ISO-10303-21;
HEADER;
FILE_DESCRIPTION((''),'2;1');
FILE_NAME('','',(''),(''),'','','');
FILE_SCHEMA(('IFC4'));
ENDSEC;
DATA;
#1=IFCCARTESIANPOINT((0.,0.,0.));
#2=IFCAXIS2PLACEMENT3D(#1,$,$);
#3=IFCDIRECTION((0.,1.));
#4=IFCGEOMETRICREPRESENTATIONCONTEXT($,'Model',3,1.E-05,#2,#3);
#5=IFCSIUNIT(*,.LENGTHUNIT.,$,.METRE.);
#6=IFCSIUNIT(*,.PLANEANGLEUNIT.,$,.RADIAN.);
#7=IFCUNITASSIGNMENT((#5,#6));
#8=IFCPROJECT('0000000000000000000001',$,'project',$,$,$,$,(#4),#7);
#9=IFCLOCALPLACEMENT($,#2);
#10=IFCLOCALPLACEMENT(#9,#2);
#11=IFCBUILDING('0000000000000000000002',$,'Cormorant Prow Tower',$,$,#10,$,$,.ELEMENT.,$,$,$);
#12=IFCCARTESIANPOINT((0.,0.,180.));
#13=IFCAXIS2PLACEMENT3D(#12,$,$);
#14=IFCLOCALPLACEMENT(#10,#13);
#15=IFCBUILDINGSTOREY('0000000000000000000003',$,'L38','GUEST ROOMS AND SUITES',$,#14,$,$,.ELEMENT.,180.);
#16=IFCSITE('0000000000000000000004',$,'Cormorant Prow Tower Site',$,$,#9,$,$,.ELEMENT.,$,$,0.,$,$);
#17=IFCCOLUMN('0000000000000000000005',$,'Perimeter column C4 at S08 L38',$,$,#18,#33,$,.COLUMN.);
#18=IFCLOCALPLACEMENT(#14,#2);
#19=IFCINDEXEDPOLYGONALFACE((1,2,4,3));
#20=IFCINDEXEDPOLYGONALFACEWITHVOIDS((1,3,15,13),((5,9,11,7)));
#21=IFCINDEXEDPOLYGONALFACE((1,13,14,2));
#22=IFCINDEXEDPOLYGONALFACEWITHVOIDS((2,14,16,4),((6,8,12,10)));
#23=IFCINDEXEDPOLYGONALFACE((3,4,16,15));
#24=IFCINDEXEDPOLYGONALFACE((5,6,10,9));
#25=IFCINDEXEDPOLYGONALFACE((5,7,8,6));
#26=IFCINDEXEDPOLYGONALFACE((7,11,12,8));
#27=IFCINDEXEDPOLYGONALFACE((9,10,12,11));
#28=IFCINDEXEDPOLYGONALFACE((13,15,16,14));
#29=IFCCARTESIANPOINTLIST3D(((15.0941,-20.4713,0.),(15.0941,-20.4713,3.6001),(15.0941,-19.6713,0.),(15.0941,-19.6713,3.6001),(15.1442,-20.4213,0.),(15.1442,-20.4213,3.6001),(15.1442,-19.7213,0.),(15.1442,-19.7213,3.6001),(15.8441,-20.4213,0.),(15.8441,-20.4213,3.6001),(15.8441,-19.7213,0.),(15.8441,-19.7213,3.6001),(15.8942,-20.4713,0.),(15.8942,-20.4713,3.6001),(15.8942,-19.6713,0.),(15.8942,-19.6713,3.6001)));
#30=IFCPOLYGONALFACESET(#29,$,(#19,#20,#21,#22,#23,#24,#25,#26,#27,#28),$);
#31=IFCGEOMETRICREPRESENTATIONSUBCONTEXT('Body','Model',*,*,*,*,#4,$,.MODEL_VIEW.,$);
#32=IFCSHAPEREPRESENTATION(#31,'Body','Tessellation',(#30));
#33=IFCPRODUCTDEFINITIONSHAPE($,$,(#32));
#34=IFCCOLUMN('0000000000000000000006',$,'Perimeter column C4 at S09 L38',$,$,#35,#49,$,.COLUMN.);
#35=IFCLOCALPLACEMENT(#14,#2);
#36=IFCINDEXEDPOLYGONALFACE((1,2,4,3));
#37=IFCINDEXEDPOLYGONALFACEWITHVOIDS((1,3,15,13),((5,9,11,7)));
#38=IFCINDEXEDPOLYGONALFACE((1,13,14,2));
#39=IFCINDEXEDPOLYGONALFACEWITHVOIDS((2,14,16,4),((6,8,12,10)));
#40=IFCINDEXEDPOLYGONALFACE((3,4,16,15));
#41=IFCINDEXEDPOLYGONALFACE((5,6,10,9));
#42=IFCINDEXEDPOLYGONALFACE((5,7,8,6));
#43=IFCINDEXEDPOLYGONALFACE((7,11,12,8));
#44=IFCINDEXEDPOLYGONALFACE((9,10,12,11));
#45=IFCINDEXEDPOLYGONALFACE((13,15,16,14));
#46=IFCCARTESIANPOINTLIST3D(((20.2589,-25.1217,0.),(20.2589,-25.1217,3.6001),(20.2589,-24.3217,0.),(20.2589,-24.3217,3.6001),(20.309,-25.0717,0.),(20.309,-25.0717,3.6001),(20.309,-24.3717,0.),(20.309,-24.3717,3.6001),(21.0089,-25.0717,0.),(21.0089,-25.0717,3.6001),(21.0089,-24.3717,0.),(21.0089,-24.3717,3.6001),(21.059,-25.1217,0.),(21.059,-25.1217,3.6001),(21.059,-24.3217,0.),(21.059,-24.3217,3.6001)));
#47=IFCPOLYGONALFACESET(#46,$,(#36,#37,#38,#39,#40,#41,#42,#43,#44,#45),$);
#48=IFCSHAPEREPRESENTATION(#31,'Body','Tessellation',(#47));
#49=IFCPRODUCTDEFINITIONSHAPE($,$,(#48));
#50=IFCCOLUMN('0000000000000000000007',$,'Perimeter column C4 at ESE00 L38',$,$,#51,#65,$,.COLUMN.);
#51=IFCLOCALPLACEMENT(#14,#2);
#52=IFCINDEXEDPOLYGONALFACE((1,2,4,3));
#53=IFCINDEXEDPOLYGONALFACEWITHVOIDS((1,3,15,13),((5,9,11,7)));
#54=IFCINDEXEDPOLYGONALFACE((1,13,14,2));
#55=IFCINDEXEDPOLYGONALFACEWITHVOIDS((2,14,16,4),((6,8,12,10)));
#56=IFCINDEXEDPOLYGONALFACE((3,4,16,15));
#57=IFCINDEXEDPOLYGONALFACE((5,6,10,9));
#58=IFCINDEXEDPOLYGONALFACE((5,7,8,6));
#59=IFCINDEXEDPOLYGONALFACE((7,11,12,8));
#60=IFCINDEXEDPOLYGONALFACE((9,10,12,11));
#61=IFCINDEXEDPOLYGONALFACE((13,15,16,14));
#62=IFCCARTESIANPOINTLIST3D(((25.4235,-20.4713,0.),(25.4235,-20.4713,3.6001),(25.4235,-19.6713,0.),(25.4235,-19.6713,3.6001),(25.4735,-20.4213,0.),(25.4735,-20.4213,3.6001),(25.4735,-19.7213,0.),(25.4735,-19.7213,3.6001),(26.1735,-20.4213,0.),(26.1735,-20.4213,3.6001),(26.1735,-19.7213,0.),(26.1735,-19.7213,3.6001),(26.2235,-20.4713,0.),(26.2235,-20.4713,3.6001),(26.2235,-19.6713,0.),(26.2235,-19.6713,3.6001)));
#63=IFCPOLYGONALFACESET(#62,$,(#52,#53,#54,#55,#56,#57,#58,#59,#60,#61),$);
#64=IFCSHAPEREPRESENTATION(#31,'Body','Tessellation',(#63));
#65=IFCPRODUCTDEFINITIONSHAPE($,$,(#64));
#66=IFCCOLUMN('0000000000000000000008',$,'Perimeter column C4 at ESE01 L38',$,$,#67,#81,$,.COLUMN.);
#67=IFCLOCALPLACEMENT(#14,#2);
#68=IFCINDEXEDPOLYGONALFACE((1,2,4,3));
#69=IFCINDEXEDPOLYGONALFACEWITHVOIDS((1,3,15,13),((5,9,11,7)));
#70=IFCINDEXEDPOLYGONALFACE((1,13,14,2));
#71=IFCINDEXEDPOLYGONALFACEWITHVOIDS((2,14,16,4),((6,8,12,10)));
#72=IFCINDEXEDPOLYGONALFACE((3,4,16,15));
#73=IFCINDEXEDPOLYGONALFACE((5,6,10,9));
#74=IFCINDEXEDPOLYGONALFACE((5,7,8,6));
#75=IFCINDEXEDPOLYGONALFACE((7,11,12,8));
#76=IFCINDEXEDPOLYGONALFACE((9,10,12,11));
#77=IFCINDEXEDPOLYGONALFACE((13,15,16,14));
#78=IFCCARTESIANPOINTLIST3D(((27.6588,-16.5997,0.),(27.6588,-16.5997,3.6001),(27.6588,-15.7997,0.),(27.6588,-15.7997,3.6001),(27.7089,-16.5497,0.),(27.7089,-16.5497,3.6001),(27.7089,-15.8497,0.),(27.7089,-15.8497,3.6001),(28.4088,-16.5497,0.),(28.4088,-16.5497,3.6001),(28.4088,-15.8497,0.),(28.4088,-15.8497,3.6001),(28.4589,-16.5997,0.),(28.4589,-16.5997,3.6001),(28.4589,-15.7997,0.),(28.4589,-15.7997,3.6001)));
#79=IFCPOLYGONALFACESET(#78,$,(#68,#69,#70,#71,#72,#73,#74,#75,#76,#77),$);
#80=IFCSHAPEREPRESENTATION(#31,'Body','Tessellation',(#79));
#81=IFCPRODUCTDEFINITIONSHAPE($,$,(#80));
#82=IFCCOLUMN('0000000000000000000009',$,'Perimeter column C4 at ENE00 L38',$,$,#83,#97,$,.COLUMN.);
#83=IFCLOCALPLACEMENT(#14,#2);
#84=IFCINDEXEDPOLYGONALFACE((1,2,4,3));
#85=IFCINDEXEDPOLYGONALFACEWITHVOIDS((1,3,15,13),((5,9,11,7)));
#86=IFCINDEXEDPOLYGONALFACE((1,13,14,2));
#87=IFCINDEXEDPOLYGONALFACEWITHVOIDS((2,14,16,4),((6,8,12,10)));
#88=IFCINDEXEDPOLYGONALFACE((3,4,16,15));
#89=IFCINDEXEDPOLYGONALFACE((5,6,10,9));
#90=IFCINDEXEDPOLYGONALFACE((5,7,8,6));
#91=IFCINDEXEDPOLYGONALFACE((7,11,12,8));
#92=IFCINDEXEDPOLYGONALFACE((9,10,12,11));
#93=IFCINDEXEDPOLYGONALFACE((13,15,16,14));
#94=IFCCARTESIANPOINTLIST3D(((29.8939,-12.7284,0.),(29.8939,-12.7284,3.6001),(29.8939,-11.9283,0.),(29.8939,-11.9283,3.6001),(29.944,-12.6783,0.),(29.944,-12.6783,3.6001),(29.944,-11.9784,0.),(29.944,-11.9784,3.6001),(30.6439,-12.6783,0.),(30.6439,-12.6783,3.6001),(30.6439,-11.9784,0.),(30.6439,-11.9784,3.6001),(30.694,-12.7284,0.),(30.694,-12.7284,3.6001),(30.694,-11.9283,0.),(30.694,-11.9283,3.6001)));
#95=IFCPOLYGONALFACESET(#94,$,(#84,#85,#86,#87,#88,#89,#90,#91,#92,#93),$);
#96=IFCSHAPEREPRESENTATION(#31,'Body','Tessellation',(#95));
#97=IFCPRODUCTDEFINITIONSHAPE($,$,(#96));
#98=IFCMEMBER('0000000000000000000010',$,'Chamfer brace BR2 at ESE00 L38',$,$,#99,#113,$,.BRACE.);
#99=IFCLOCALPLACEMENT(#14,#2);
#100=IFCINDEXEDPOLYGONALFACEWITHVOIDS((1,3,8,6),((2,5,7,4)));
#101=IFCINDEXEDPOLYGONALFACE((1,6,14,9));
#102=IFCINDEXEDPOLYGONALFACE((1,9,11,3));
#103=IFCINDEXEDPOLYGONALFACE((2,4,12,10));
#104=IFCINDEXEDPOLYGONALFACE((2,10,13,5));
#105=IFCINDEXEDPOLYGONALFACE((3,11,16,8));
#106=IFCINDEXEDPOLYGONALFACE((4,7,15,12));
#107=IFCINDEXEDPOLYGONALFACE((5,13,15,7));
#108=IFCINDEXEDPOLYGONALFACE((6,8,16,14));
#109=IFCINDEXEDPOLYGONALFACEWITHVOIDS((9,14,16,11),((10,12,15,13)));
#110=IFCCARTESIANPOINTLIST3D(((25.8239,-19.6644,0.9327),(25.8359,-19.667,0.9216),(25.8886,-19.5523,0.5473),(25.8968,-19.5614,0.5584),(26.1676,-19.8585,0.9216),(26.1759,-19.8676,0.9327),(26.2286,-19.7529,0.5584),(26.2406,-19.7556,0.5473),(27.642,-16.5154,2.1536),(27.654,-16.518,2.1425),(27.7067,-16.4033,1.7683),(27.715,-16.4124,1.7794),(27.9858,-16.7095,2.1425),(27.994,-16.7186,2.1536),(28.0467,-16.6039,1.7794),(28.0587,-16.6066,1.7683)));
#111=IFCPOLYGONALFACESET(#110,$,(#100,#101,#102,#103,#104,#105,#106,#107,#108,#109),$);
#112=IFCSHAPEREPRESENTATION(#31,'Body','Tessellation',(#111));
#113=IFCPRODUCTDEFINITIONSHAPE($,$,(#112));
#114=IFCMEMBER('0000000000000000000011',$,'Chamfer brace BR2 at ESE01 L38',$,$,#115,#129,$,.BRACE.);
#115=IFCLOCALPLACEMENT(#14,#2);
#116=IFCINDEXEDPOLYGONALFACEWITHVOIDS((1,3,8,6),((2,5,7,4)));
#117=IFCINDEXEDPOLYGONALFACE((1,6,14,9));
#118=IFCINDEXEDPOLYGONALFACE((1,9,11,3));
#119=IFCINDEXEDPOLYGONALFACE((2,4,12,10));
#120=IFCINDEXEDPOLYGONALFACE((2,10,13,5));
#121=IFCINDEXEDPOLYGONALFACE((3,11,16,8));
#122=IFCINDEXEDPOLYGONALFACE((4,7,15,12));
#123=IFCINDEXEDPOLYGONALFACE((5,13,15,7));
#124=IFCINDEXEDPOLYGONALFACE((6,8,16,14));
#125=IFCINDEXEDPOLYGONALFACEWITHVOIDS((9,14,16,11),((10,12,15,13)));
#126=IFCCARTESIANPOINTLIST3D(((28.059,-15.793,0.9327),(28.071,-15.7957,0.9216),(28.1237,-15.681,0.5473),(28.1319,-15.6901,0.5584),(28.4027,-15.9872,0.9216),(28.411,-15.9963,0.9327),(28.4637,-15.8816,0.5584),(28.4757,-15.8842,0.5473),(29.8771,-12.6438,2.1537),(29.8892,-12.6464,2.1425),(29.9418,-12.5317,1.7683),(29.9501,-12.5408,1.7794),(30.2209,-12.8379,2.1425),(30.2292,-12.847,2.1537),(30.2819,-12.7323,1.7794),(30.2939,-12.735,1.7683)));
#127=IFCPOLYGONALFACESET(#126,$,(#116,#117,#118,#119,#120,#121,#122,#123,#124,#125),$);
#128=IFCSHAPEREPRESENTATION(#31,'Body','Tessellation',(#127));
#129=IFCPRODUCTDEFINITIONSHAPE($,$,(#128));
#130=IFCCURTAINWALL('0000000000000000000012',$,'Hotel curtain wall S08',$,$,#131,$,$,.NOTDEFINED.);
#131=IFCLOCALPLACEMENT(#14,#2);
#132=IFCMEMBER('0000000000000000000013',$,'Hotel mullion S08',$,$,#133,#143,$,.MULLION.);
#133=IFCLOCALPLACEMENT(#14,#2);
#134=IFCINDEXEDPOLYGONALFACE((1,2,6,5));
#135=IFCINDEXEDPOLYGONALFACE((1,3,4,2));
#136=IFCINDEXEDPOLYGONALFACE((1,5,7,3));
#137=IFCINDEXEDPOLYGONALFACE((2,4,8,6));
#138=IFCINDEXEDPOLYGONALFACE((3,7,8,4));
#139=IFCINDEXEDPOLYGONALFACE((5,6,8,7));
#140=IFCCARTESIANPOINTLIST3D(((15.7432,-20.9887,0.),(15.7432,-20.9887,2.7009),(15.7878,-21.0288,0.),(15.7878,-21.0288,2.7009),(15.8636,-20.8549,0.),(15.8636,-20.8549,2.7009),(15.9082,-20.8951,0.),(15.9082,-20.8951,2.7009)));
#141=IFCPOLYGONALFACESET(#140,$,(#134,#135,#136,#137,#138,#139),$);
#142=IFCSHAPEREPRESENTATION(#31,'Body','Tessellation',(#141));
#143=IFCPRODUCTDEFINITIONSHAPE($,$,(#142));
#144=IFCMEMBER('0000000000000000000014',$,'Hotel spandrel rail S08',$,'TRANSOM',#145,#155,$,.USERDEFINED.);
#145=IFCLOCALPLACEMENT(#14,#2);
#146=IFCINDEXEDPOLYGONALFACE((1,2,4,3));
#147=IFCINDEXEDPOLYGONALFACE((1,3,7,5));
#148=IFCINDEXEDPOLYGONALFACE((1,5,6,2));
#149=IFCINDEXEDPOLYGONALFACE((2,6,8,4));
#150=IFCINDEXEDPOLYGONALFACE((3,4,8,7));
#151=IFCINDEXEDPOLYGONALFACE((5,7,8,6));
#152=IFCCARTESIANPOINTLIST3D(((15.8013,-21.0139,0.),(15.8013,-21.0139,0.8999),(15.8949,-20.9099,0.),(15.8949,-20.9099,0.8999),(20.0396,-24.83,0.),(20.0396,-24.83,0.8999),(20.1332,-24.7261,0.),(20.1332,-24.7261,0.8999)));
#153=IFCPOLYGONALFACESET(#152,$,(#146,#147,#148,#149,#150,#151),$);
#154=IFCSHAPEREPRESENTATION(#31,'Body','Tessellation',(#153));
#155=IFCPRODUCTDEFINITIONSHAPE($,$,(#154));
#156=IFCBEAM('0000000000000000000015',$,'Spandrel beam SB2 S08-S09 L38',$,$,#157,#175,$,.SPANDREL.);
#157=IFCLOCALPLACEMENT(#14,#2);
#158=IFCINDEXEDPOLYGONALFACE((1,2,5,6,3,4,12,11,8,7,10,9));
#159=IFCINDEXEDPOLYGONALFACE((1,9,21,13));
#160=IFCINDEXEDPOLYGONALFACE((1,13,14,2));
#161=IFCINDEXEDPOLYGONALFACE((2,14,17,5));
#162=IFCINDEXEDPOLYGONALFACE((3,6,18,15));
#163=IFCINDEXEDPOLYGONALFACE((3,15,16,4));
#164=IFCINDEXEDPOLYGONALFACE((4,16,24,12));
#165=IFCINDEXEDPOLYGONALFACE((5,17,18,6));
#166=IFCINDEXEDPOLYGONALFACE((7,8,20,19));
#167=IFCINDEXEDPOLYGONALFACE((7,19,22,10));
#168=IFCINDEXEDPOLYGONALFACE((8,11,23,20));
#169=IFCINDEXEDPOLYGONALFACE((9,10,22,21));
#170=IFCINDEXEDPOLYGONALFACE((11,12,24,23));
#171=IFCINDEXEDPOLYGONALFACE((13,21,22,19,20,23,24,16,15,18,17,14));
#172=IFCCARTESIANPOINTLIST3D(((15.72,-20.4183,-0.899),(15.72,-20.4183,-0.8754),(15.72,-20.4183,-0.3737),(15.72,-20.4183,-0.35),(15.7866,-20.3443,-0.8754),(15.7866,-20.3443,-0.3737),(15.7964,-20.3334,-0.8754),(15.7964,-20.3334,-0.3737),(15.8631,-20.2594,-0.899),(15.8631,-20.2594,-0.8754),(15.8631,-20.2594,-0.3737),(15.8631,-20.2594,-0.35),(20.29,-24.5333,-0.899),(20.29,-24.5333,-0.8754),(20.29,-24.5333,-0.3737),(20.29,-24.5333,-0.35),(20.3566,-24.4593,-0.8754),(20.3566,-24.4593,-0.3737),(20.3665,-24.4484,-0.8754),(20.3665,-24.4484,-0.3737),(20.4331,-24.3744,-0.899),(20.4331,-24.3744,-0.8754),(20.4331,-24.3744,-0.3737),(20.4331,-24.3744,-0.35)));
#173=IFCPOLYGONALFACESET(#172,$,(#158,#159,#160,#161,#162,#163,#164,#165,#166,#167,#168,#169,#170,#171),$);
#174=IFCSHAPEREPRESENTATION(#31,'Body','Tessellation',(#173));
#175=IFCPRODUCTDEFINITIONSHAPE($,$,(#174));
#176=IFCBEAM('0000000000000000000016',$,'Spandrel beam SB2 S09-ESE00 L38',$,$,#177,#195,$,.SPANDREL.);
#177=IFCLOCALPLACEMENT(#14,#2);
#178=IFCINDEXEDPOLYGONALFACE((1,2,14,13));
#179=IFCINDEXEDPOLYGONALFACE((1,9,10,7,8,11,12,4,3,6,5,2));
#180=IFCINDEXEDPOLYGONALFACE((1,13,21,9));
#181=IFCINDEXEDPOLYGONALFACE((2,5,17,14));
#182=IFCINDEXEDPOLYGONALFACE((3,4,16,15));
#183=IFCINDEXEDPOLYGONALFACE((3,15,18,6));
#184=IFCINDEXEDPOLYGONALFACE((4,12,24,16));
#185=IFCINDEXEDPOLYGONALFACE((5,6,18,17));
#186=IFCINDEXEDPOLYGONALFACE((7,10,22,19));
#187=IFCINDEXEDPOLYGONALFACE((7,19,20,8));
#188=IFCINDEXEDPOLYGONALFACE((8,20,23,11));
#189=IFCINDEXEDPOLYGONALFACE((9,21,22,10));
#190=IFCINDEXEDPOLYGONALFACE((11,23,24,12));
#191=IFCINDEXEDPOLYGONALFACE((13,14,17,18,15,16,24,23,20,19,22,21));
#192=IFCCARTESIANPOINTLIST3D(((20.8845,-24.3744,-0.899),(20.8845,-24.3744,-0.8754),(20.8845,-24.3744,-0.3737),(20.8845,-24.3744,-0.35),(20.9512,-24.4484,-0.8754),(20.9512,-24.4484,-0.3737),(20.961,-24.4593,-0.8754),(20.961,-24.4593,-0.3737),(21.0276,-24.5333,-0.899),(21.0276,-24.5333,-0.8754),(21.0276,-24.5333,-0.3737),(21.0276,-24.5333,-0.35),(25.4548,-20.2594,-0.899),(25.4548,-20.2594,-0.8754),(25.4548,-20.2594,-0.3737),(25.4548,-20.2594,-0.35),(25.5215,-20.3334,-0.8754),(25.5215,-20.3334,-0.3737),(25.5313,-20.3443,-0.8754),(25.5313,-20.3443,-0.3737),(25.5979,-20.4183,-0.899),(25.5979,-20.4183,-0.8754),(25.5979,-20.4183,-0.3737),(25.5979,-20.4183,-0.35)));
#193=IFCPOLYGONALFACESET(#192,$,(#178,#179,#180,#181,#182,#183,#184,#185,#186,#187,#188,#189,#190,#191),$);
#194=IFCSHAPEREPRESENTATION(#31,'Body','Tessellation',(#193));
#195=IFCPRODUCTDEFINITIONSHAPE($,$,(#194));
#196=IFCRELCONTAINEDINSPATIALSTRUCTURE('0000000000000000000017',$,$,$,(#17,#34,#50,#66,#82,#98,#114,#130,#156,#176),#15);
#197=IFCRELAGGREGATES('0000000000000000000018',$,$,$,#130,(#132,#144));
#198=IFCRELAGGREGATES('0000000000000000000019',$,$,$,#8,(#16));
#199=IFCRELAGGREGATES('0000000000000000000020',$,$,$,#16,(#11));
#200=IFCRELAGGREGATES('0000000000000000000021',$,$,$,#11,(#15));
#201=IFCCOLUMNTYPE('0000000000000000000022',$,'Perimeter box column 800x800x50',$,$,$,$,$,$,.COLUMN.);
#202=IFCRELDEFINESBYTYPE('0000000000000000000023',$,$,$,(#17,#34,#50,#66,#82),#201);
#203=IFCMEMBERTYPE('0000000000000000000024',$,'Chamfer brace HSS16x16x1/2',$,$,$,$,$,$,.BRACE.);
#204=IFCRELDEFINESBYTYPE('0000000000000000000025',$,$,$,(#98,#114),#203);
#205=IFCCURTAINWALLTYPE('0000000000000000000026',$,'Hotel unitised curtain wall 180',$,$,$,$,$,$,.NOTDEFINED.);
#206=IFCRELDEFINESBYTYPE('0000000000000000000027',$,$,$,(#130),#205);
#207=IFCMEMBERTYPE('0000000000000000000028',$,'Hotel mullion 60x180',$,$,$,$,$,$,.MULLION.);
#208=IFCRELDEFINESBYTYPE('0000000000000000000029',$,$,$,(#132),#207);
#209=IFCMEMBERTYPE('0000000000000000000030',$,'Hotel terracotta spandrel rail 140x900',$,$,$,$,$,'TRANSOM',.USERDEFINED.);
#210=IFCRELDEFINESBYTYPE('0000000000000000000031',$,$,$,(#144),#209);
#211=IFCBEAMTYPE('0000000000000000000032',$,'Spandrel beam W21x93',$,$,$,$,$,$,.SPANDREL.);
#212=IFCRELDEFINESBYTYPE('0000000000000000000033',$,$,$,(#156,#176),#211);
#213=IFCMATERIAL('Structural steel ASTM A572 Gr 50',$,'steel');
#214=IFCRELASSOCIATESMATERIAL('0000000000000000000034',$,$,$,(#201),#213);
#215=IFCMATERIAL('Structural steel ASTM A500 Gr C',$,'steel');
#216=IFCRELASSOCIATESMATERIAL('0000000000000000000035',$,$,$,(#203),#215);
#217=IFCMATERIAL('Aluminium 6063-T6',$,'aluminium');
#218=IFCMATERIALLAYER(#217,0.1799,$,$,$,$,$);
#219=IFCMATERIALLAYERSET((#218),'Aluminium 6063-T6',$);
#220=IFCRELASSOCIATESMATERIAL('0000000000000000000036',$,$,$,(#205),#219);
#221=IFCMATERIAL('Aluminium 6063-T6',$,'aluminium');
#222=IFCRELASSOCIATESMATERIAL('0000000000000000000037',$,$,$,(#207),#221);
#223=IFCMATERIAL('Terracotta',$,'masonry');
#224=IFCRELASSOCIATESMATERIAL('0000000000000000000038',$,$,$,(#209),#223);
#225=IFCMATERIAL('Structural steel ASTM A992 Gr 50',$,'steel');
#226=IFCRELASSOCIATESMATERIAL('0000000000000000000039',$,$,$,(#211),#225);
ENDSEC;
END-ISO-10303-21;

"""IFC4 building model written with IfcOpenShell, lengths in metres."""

from ifc_helpers import new_model, si_unit, direction, frame, origin, origin_2d, place, context, subcontext, project, spatial, rectangle, hollow_rectangle, i_section, extrude, material, layer, layer_set, material_profile, profile_set, type_object, element, aggregate, save


model = new_model("IFC4")

# Units and contexts
model_context = context("Model", 3, precision=1e-05, world=origin(), true_north=direction((0.0, 1.0)))
body_context = subcontext(model_context, "Body", "Model", "MODEL_VIEW")
ifc_project = project(units=[si_unit("LENGTHUNIT", "METRE"), si_unit("PLANEANGLEUNIT", "RADIAN")], contexts=[model_context])

# Site, building, storey
site_placement = place(None, origin())
site = spatial("IfcSite", under=ifc_project, at=site_placement, Name="Cormorant Prow Tower Site", CompositionType="ELEMENT", RefElevation=0.0)
building_placement = place(site_placement, origin())
building = spatial("IfcBuilding", under=site, at=building_placement, Name="Cormorant Prow Tower", CompositionType="ELEMENT")
storey_placement = place(building_placement, frame((0.0, 0.0, 180.0)))
storey = spatial("IfcBuildingStorey", under=building, at=storey_placement, Name="L38", Description="GUEST ROOMS AND SUITES", CompositionType="ELEMENT", Elevation=180.0)

# Columns
ifc_material_1 = material(Name="Structural steel ASTM A572 Gr 50", Category="steel")
ifc_material_profile_1 = material_profile(ifc_material_1, hollow_rectangle(XDim=0.8, YDim=0.8, WallThickness=0.05, at=origin_2d()), Name="Box 800x800x50")
ifc_profile_set_1 = profile_set([ifc_material_profile_1], Name="Structural steel ASTM A572 Gr 50")
column_type = type_object("IfcColumnType", Name="Perimeter box column 800x800x50", PredefinedType="COLUMN", material=ifc_profile_set_1)
for number, where, z_axis, x_axis, name in (
    (1, (15.4941, -20.0713, 0.0), (0.0, 0.0, 1.0), (1.0, 0.0, 0.0), "Perimeter column C4 at S08 L38"),
    (2, (20.6589, -24.7217, 0.0), (0.0, 0.0, 1.0), (1.0, 0.0, 0.0), "Perimeter column C4 at S09 L38"),
    (3, (25.8235, -20.0713, 0.0), (0.0, 0.0, 1.0), (1.0, 0.0, 0.0), "Perimeter column C4 at ESE00 L38"),
    (4, (28.0588, -16.1997, 0.0), (0.0, 0.0, 1.0), (1.0, 0.0, 0.0), "Perimeter column C4 at ESE01 L38"),
    (5, (30.2939, -12.3284, 0.0), (0.0, 0.0, 1.0), (1.0, 0.0, 0.0), "Perimeter column C4 at ENE00 L38"),
):
    element("IfcColumn", number, at=place(storey_placement, frame(where, z_axis=z_axis, x_axis=x_axis)), inside=storey, type_object=column_type, Name=name, PredefinedType="COLUMN", context=body_context, shape_type="SweptSolid", body=[
        extrude(hollow_rectangle(XDim=0.8, YDim=0.8, WallThickness=0.05, at=origin_2d()), origin(), (0.0, 0.0, 1.0), 3.6001),
    ])

# Members
ifc_material_2 = material(Name="Structural steel ASTM A500 Gr C", Category="steel")
ifc_material_profile_2 = material_profile(ifc_material_2, hollow_rectangle(XDim=0.4065, YDim=0.4065, WallThickness=0.0117, at=origin_2d()), Name="HSS16x16x1/2")
ifc_profile_set_2 = profile_set([ifc_material_profile_2], Name="Structural steel ASTM A500 Gr C")
member_type_1 = type_object("IfcMemberType", Name="Chamfer brace HSS16x16x1/2", PredefinedType="BRACE", material=ifc_profile_set_2)
member_1_placement = place(storey_placement, frame((26.0322, -19.71, 0.74), z_axis=(0.474008, 0.820969, 0.318318), x_axis=(-0.866016, 0.500017, 0.0)))
element("IfcMember", 6, at=member_1_placement, inside=storey, type_object=member_type_1, Name="Chamfer brace BR2 at ESE00 L38", PredefinedType="BRACE", context=body_context, shape_type="SweptSolid", body=[
    extrude(hollow_rectangle(XDim=0.4065, YDim=0.4065, WallThickness=0.0117, at=origin_2d()), origin(), (0.0, 0.0, 1.0), 3.8357),
])
member_2_placement = place(storey_placement, frame((28.2673, -15.8386, 0.74), z_axis=(0.473983, 0.82099, 0.318301), x_axis=(-0.866032, 0.499988, 0.0)))
element("IfcMember", 7, at=member_2_placement, inside=storey, type_object=member_type_1, Name="Chamfer brace BR2 at ESE01 L38", PredefinedType="BRACE", context=body_context, shape_type="SweptSolid", body=[
    extrude(hollow_rectangle(XDim=0.4065, YDim=0.4065, WallThickness=0.0117, at=origin_2d()), origin(), (0.0, 0.0, 1.0), 3.8359),
])

# Curtain wall, members
ifc_material_3 = material(Name="Aluminium 6063-T6", Category="aluminium")
ifc_layer_1 = layer(ifc_material_3, 0.1799)
ifc_layer_set_1 = layer_set([ifc_layer_1], Name="Aluminium 6063-T6")
curtain_wall_type = type_object("IfcCurtainWallType", Name="Hotel unitised curtain wall 180", PredefinedType="NOTDEFINED", material=ifc_layer_set_1)
curtain_wall_placement = place(storey_placement, origin())
curtain_wall = element("IfcCurtainWall", 8, at=curtain_wall_placement, inside=storey, type_object=curtain_wall_type, Name="Hotel curtain wall S08", PredefinedType="NOTDEFINED")
ifc_material_4 = material(Name="Aluminium 6063-T6", Category="aluminium")
ifc_material_profile_3 = material_profile(ifc_material_4, rectangle(XDim=0.1799, YDim=0.0601, at=origin_2d()), Name="Hotel mullion 60x180")
ifc_profile_set_3 = profile_set([ifc_material_profile_3], Name="Aluminium 6063-T6")
member_type_2 = type_object("IfcMemberType", Name="Hotel mullion 60x180", PredefinedType="MULLION", material=ifc_profile_set_3)
member_3_placement = place(storey_placement, frame((15.8257, -20.9419, 0.0), z_axis=(0.0, 0.0, 1.0), x_axis=(0.669131, 0.743145, 0.0)))
member_3 = element("IfcMember", 9, at=member_3_placement, type_object=member_type_2, Name="Hotel mullion S08", PredefinedType="MULLION", context=body_context, shape_type="SweptSolid", body=[
    extrude(rectangle(XDim=0.1799, YDim=0.0601, at=origin_2d()), origin(), (0.0, 0.0, 1.0), 2.7009),
])
ifc_material_5 = material(Name="Terracotta", Category="masonry")
ifc_material_profile_4 = material_profile(ifc_material_5, rectangle(XDim=0.1399, YDim=0.8999, at=origin_2d()), Name="Hotel terracotta spandrel rail 140x900")
ifc_profile_set_4 = profile_set([ifc_material_profile_4], Name="Terracotta")
member_type_3 = type_object("IfcMemberType", Name="Hotel terracotta spandrel rail 140x900", ElementType="TRANSOM", PredefinedType="USERDEFINED", material=ifc_profile_set_4)
member_4_placement = place(storey_placement, frame((15.8481, -20.9619, 0.45), z_axis=(0.743145, -0.66913, 0.0), x_axis=(0.66913, 0.743145, 0.0)))
member_4 = element("IfcMember", 10, at=member_4_placement, type_object=member_type_3, Name="Hotel spandrel rail S08", ObjectType="TRANSOM", PredefinedType="USERDEFINED", context=body_context, shape_type="SweptSolid", body=[
    extrude(rectangle(XDim=0.1399, YDim=0.8999, at=origin_2d()), origin(), (0.0, 0.0, 1.0), 5.7031),
])

# Beams
ifc_material_6 = material(Name="Structural steel ASTM A992 Gr 50", Category="steel")
ifc_material_profile_5 = material_profile(ifc_material_6, i_section(OverallWidth=0.2139, OverallDepth=0.5491, WebThickness=0.0146, FlangeThickness=0.0237, at=origin_2d()), Name="W21x93")
ifc_profile_set_5 = profile_set([ifc_material_profile_5], Name="Structural steel ASTM A992 Gr 50")
beam_type = type_object("IfcBeamType", Name="Spandrel beam W21x93", PredefinedType="SPANDREL", material=ifc_profile_set_5)
beam_1_placement = place(storey_placement, frame((15.7915, -20.3389, -0.6245), z_axis=(0.743138, -0.669138, 0.0), x_axis=(0.669138, 0.743138, 0.0)))
element("IfcBeam", 11, at=beam_1_placement, inside=storey, type_object=beam_type, Name="Spandrel beam SB2 S08-S09 L38", PredefinedType="SPANDREL", context=body_context, shape_type="SweptSolid", body=[
    extrude(i_section(OverallWidth=0.2139, OverallDepth=0.5491, WebThickness=0.0146, FlangeThickness=0.0237, at=origin_2d()), origin(), (0.0, 0.0, 1.0), 6.1497),
])
beam_2_placement = place(storey_placement, frame((20.9561, -24.4539, -0.6245), z_axis=(0.743156, 0.669118, 0.0), x_axis=(-0.669118, 0.743156, 0.0)))
element("IfcBeam", 12, at=beam_2_placement, inside=storey, type_object=beam_type, Name="Spandrel beam SB2 S09-ESE00 L38", PredefinedType="SPANDREL", context=body_context, shape_type="SweptSolid", body=[
    extrude(i_section(OverallWidth=0.2139, OverallDepth=0.5491, WebThickness=0.0146, FlangeThickness=0.0237, at=origin_2d()), origin(), (0.0, 0.0, 1.0), 6.1499),
])

aggregate(curtain_wall, [member_3, member_4])

save(model, "model.ifc")
